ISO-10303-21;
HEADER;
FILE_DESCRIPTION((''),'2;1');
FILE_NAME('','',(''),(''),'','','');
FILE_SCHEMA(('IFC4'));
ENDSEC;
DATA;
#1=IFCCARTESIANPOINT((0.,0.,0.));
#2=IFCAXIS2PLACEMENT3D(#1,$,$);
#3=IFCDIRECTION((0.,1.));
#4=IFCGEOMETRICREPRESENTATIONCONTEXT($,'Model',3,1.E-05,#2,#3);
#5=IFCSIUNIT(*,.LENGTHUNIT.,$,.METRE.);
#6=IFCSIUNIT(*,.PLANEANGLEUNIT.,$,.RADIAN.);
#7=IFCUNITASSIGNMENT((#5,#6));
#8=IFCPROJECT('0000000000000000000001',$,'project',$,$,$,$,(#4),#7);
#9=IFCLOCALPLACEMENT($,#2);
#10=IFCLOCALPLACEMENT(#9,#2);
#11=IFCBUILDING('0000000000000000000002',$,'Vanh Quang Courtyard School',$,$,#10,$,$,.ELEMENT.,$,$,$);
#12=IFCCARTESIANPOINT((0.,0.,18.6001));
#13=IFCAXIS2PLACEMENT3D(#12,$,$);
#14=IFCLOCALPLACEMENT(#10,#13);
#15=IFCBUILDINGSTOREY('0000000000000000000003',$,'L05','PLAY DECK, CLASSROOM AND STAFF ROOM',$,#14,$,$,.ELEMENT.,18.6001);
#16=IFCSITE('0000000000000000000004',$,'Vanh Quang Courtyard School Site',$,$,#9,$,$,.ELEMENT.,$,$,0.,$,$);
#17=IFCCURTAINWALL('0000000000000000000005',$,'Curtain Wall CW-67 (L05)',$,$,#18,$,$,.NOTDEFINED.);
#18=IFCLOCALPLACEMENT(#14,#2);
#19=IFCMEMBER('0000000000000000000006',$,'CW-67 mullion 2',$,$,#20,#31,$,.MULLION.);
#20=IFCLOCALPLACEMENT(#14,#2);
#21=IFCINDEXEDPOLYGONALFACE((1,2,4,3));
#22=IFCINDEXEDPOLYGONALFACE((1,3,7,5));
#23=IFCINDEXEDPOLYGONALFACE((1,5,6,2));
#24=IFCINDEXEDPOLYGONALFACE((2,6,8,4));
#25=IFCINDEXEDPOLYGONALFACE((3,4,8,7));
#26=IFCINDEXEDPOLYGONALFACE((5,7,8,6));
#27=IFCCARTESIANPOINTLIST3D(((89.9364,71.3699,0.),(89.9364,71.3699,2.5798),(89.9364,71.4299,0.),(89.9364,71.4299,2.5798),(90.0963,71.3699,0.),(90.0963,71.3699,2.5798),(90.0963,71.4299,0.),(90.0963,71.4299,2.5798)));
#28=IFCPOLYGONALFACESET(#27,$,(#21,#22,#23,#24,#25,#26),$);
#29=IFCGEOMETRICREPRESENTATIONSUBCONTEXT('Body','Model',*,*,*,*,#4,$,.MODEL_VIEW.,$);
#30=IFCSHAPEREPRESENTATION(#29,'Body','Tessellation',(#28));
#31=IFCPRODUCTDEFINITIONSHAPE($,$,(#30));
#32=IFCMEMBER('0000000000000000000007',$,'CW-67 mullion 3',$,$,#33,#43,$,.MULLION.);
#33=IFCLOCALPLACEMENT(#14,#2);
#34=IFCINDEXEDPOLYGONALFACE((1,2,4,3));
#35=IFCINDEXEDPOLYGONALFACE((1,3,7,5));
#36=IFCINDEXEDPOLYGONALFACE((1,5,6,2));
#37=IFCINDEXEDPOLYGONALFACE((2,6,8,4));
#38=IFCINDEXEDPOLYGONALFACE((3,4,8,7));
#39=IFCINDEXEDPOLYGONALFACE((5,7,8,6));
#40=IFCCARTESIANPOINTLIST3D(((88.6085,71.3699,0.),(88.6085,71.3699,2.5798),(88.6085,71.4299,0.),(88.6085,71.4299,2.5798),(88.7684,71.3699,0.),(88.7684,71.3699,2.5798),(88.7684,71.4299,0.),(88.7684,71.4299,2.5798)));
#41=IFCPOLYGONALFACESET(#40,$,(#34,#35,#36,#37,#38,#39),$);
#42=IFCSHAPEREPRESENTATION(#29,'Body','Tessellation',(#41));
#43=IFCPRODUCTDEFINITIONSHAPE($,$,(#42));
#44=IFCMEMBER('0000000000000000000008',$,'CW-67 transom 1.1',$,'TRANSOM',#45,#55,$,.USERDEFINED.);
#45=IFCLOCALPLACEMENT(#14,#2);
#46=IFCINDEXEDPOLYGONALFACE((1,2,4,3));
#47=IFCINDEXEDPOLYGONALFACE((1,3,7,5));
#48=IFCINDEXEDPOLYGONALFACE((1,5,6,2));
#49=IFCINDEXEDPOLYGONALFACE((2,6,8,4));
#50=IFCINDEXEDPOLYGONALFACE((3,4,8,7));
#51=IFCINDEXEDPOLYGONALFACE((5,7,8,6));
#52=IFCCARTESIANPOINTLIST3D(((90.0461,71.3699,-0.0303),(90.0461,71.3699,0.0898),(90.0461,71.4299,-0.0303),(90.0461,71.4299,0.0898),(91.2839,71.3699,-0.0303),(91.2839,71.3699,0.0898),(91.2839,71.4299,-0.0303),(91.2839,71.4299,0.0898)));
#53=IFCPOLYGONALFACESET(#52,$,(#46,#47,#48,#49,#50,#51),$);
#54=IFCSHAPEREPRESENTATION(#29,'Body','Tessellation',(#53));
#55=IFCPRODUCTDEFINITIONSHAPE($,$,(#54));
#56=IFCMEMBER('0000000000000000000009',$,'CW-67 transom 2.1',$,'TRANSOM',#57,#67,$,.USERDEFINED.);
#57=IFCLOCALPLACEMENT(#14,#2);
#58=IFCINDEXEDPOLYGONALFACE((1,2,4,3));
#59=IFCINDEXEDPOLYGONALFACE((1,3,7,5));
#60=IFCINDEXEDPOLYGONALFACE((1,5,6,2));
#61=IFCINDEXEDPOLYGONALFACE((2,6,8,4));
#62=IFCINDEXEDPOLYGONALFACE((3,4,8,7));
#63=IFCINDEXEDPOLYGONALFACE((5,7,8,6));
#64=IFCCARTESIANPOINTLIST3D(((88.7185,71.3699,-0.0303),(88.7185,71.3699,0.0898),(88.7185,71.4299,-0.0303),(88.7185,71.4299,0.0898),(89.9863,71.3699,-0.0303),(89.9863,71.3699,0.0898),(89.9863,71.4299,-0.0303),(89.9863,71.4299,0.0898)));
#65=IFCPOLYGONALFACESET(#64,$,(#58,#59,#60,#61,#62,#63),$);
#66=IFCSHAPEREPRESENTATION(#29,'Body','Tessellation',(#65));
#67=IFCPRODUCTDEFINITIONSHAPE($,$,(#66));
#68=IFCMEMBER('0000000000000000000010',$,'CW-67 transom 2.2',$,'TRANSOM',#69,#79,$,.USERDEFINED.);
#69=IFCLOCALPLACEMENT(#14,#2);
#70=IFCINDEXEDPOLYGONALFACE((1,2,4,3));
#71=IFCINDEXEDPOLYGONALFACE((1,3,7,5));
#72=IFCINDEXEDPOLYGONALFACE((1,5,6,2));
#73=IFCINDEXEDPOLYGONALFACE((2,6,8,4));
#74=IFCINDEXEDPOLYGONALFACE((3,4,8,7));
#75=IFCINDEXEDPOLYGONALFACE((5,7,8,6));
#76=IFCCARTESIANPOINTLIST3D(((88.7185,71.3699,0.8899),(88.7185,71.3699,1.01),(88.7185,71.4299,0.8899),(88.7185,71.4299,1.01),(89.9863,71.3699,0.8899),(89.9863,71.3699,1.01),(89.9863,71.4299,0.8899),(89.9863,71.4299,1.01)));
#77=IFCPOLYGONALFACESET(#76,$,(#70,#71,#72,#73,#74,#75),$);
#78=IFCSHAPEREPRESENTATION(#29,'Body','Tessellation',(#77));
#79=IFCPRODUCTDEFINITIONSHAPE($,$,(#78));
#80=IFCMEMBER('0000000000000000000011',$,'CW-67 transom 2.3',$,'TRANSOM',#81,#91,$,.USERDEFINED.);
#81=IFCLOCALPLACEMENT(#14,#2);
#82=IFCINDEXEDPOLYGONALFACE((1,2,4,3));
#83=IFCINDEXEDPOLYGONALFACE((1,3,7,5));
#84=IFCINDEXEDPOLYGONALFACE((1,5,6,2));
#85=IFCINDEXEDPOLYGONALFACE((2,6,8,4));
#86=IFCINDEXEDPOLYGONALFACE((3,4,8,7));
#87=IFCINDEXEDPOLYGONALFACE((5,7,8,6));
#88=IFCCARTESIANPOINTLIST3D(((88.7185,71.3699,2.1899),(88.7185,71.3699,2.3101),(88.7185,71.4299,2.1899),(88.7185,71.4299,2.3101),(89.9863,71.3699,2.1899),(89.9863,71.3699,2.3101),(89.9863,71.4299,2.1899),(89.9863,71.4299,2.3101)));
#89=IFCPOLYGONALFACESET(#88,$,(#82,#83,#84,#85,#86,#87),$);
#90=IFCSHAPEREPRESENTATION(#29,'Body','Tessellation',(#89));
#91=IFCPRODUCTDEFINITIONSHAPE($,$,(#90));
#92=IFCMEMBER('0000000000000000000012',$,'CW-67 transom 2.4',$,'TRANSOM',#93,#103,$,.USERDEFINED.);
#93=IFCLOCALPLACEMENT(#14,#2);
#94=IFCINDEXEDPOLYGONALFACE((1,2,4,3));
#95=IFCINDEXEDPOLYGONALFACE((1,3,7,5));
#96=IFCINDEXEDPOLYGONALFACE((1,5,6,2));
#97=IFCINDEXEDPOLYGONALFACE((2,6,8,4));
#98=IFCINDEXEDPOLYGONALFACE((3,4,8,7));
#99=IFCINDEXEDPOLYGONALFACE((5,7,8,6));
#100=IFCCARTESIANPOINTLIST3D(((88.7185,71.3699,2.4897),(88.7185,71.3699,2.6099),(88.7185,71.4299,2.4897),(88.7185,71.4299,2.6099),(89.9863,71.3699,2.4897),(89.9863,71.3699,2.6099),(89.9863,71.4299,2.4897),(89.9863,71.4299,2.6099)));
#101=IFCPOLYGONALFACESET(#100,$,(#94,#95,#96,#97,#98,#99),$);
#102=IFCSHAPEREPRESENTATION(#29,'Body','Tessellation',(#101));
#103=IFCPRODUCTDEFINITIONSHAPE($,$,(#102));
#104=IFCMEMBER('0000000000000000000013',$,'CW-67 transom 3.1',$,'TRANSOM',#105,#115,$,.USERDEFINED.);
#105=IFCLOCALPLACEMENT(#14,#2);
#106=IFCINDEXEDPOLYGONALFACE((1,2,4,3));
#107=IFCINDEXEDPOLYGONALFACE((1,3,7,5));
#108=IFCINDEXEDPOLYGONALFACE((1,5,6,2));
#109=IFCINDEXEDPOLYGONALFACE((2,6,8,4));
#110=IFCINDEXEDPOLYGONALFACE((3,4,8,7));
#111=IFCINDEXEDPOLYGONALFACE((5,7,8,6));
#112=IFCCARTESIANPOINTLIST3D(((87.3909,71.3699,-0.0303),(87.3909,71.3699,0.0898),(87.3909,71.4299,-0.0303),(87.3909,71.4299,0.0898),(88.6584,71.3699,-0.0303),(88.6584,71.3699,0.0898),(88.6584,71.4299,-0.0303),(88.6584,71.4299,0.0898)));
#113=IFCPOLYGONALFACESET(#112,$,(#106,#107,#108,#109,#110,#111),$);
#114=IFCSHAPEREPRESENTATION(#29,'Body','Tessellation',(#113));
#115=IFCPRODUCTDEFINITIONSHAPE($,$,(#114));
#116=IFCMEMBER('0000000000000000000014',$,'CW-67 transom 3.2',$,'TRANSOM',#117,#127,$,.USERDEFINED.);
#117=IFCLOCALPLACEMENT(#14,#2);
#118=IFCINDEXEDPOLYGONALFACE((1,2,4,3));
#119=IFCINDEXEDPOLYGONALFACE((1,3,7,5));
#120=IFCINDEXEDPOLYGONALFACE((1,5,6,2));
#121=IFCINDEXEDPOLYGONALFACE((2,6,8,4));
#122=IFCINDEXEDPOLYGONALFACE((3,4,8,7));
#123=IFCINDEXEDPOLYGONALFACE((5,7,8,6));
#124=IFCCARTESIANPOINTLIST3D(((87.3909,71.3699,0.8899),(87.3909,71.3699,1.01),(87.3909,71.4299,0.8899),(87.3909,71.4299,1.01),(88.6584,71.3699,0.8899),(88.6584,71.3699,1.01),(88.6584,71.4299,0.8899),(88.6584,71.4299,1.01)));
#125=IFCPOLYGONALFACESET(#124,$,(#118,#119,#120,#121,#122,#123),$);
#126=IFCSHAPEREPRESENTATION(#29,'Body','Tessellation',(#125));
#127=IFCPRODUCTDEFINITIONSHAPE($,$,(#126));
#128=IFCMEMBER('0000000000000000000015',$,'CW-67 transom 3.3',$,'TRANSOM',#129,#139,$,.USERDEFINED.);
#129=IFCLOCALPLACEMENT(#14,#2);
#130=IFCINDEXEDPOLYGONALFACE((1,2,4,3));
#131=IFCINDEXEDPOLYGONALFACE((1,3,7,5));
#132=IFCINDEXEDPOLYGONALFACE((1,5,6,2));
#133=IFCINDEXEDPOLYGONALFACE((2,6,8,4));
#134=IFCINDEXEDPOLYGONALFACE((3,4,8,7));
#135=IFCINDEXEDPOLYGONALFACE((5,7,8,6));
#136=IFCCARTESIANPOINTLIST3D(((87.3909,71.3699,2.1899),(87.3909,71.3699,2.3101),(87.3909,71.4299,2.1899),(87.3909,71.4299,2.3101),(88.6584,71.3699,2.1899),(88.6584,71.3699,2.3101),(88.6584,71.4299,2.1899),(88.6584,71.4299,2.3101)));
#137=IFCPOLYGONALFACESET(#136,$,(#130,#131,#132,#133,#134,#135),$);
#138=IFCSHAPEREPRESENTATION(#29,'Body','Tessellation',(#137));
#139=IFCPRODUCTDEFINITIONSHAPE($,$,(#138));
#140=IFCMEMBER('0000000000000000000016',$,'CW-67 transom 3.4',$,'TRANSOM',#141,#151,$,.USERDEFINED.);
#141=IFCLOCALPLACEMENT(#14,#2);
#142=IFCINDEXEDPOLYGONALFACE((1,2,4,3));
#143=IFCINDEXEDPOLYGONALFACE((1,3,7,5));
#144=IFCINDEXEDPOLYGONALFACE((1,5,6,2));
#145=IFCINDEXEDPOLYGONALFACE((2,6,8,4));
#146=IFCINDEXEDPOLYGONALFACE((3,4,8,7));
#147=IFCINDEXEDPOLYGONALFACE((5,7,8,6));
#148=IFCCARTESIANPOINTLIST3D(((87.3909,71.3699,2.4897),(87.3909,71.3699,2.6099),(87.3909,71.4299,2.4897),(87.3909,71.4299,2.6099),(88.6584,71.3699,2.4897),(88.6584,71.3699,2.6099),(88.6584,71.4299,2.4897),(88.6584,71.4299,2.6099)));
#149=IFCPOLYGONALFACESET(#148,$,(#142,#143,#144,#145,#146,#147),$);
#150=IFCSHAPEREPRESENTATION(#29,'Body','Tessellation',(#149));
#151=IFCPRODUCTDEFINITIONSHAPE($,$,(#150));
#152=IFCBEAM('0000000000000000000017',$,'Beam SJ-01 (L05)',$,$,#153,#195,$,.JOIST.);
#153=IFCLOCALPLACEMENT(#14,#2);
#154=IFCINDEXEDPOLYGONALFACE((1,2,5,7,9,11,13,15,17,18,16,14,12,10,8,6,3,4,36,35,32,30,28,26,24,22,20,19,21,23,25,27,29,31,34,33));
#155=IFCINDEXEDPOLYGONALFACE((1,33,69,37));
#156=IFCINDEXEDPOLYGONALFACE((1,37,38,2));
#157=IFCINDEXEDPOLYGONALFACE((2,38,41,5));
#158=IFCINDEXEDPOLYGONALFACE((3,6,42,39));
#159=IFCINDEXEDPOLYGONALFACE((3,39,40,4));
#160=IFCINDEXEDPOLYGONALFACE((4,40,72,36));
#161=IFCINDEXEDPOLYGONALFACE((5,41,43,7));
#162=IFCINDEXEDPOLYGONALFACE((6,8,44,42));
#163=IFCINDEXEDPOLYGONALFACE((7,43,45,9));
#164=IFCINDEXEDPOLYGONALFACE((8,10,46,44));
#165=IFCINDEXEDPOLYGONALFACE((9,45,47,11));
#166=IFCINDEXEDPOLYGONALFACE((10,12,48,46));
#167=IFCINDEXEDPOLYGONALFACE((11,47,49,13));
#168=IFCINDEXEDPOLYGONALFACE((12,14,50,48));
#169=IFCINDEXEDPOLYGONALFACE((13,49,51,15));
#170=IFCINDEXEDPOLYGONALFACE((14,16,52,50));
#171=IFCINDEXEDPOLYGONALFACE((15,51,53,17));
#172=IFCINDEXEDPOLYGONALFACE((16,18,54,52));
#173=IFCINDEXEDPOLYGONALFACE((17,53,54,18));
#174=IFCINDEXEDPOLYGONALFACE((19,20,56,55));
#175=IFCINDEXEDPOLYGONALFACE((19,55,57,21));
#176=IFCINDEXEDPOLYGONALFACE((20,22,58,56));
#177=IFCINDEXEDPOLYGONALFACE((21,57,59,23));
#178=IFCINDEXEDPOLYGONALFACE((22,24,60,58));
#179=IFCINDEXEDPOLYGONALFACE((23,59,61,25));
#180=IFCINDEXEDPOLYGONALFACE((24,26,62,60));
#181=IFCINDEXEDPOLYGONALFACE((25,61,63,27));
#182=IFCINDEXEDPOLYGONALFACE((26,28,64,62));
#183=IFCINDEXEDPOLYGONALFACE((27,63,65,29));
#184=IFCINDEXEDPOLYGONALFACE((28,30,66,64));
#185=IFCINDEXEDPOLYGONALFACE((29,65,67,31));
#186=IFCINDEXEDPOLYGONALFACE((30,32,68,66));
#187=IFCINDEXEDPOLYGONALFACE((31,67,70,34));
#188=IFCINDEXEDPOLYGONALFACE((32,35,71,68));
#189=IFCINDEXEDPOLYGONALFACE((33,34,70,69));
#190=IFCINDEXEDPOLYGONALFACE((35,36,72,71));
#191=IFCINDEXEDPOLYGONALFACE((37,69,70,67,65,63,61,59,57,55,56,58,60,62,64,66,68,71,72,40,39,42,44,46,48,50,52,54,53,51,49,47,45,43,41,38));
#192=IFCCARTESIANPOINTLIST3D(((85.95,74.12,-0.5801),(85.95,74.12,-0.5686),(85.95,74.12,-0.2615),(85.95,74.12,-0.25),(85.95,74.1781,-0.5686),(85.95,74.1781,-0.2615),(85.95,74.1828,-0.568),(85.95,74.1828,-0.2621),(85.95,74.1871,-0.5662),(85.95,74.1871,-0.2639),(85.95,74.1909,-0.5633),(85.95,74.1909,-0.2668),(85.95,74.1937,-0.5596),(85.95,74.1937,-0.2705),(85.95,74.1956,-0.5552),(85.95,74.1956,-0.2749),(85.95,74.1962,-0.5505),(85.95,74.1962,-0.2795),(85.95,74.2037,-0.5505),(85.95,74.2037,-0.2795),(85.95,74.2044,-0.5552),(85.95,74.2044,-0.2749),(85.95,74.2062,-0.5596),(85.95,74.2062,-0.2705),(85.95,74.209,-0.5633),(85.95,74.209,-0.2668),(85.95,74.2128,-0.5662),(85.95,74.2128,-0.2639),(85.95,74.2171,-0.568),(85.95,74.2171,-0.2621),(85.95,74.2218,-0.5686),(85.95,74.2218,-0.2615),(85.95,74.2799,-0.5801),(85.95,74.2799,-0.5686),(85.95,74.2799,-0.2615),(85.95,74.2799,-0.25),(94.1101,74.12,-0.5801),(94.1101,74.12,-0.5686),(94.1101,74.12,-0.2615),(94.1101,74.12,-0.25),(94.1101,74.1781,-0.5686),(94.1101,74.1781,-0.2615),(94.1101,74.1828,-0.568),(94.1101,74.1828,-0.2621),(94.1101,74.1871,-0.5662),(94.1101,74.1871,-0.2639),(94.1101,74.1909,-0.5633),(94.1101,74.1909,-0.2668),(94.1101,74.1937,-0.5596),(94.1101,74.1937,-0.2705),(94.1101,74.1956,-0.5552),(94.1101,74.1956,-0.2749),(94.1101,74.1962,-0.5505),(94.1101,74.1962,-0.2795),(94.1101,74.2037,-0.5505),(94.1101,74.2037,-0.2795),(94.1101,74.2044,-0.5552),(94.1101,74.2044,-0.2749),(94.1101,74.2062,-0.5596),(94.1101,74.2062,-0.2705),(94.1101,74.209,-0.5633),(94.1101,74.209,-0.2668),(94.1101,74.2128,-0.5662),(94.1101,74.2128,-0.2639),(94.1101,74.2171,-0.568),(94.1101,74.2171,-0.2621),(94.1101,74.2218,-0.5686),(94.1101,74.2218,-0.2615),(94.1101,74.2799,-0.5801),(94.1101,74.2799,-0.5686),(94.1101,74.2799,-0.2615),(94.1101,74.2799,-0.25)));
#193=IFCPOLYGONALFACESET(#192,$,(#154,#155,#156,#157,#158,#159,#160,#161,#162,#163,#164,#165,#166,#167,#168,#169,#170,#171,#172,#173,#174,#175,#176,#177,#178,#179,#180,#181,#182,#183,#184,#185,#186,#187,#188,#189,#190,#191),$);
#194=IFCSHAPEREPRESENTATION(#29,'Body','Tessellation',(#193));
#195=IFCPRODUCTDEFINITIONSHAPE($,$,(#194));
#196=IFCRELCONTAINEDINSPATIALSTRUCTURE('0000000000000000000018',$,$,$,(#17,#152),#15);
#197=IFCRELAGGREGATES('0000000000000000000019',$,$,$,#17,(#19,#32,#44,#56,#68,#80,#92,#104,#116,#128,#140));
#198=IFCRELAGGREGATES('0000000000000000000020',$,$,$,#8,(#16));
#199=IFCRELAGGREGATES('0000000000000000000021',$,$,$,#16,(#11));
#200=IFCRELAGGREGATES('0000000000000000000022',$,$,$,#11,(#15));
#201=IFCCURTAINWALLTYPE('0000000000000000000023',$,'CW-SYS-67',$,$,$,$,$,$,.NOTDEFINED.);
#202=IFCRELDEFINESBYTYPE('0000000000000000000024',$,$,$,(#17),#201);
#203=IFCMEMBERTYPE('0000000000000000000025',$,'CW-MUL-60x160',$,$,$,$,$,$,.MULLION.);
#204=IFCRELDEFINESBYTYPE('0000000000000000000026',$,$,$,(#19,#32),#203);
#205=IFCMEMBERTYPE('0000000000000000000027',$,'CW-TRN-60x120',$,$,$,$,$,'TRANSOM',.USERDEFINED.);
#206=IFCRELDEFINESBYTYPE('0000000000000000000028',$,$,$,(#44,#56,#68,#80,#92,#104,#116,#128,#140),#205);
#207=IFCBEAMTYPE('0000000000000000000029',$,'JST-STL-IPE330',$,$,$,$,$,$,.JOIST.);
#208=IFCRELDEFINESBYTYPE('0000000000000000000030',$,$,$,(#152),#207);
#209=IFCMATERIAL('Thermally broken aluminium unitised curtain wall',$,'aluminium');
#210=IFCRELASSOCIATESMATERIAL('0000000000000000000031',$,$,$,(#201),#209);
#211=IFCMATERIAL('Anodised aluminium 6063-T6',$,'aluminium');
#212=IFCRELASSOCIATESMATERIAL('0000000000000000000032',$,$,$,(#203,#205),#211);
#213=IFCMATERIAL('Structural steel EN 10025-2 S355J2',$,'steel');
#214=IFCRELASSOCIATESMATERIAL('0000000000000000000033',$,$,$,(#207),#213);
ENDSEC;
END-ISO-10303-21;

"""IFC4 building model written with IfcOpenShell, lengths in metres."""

from ifc_helpers import new_model, si_unit, direction, frame, origin, origin_2d, place, context, subcontext, project, spatial, rectangle, i_section, extrude, material, material_profile, profile_set, type_object, element, aggregate, save


model = new_model("IFC4")

# Units and contexts
model_context = context("Model", 3, precision=1e-05, world=origin(), true_north=direction((0.0, 1.0)))
body_context = subcontext(model_context, "Body", "Model", "MODEL_VIEW")
ifc_project = project(units=[si_unit("LENGTHUNIT", "METRE"), si_unit("PLANEANGLEUNIT", "RADIAN")], contexts=[model_context])

# Site, building, storey
site_placement = place(None, origin())
site = spatial("IfcSite", under=ifc_project, at=site_placement, Name="Vanh Quang Courtyard School Site", CompositionType="ELEMENT", RefElevation=0.0)
building_placement = place(site_placement, origin())
building = spatial("IfcBuilding", under=site, at=building_placement, Name="Vanh Quang Courtyard School", CompositionType="ELEMENT")
storey_placement = place(building_placement, frame((0.0, 0.0, 18.6001)))
storey = spatial("IfcBuildingStorey", under=building, at=storey_placement, Name="L05", Description="PLAY DECK, CLASSROOM AND STAFF ROOM", CompositionType="ELEMENT", Elevation=18.6001)

# Curtain wall, members
ifc_material_1 = material(Name="Thermally broken aluminium unitised curtain wall", Category="aluminium")
curtain_wall_type = type_object("IfcCurtainWallType", Name="CW-SYS-67", PredefinedType="NOTDEFINED", material=ifc_material_1)
curtain_wall_placement = place(storey_placement, origin())
curtain_wall = element("IfcCurtainWall", 1, at=curtain_wall_placement, inside=storey, type_object=curtain_wall_type, Name="Curtain Wall CW-67 (L05)", PredefinedType="NOTDEFINED")
ifc_material_2 = material(Name="Anodised aluminium 6063-T6", Category="aluminium")
ifc_material_profile_1 = material_profile(ifc_material_2, rectangle(XDim=0.0601, YDim=0.1599, at=origin_2d()), Name="ALU-MUL 60x160")
ifc_profile_set_1 = profile_set([ifc_material_profile_1], Name="Anodised aluminium 6063-T6")
member_type_1 = type_object("IfcMemberType", Name="CW-MUL-60x160", PredefinedType="MULLION", material=ifc_profile_set_1)
member_1_placement = place(storey_placement, frame((90.0164, 71.3999, 0.0), z_axis=(0.0, 0.0, 1.0), x_axis=(0.0, -1.0, 0.0)))
member_1 = element("IfcMember", 2, at=member_1_placement, type_object=member_type_1, Name="CW-67 mullion 2", PredefinedType="MULLION", context=body_context, shape_type="SweptSolid", body=[
    extrude(rectangle(XDim=0.0601, YDim=0.1599, at=origin_2d()), origin(), (0.0, 0.0, 1.0), 2.5798),
])
member_2_placement = place(storey_placement, frame((88.6885, 71.3999, 0.0), z_axis=(0.0, 0.0, 1.0), x_axis=(0.0, -1.0, 0.0)))
member_2 = element("IfcMember", 3, at=member_2_placement, type_object=member_type_1, Name="CW-67 mullion 3", PredefinedType="MULLION", context=body_context, shape_type="SweptSolid", body=[
    extrude(rectangle(XDim=0.0601, YDim=0.1599, at=origin_2d()), origin(), (0.0, 0.0, 1.0), 2.5798),
])
ifc_material_profile_2 = material_profile(ifc_material_2, rectangle(XDim=0.0601, YDim=0.1201, at=origin_2d()), Name="ALU-TRN 60x120")
ifc_profile_set_2 = profile_set([ifc_material_profile_2], Name="Anodised aluminium 6063-T6")
member_type_2 = type_object("IfcMemberType", Name="CW-TRN-60x120", ElementType="TRANSOM", PredefinedType="USERDEFINED", material=ifc_profile_set_2)
member_3_placement = place(storey_placement, frame((91.2839, 71.3999, 0.0298), z_axis=(-1.0, 0.0, 0.0), x_axis=(0.0, -1.0, 0.0)))
member_3 = element("IfcMember", 4, at=member_3_placement, type_object=member_type_2, Name="CW-67 transom 1.1", ObjectType="TRANSOM", PredefinedType="USERDEFINED", context=body_context, shape_type="SweptSolid", body=[
    extrude(rectangle(XDim=0.0601, YDim=0.1201, at=origin_2d()), origin(), (0.0, 0.0, 1.0), 1.2378),
])
member_4_placement = place(storey_placement, frame((89.9863, 71.3999, 0.0298), z_axis=(-1.0, 0.0, 0.0), x_axis=(0.0, -1.0, 0.0)))
member_4 = element("IfcMember", 5, at=member_4_placement, type_object=member_type_2, Name="CW-67 transom 2.1", ObjectType="TRANSOM", PredefinedType="USERDEFINED", context=body_context, shape_type="SweptSolid", body=[
    extrude(rectangle(XDim=0.0601, YDim=0.1201, at=origin_2d()), origin(), (0.0, 0.0, 1.0), 1.2678),
])
member_5_placement = place(storey_placement, frame((89.9863, 71.3999, 0.95), z_axis=(-1.0, 0.0, 0.0), x_axis=(0.0, -1.0, 0.0)))
member_5 = element("IfcMember", 6, at=member_5_placement, type_object=member_type_2, Name="CW-67 transom 2.2", ObjectType="TRANSOM", PredefinedType="USERDEFINED", context=body_context, shape_type="SweptSolid", body=[
    extrude(rectangle(XDim=0.0601, YDim=0.1201, at=origin_2d()), origin(), (0.0, 0.0, 1.0), 1.2678),
])
member_6_placement = place(storey_placement, frame((89.9863, 71.3999, 2.25), z_axis=(-1.0, 0.0, 0.0), x_axis=(0.0, -1.0, 0.0)))
member_6 = element("IfcMember", 7, at=member_6_placement, type_object=member_type_2, Name="CW-67 transom 2.3", ObjectType="TRANSOM", PredefinedType="USERDEFINED", context=body_context, shape_type="SweptSolid", body=[
    extrude(rectangle(XDim=0.0601, YDim=0.1201, at=origin_2d()), origin(), (0.0, 0.0, 1.0), 1.2678),
])
member_7_placement = place(storey_placement, frame((89.9863, 71.3999, 2.5498), z_axis=(-1.0, 0.0, 0.0), x_axis=(0.0, -1.0, 0.0)))
member_7 = element("IfcMember", 8, at=member_7_placement, type_object=member_type_2, Name="CW-67 transom 2.4", ObjectType="TRANSOM", PredefinedType="USERDEFINED", context=body_context, shape_type="SweptSolid", body=[
    extrude(rectangle(XDim=0.0601, YDim=0.1201, at=origin_2d()), origin(), (0.0, 0.0, 1.0), 1.2678),
])
member_8_placement = place(storey_placement, frame((88.6584, 71.3999, 0.0298), z_axis=(-1.0, 0.0, 0.0), x_axis=(0.0, -1.0, 0.0)))
member_8 = element("IfcMember", 9, at=member_8_placement, type_object=member_type_2, Name="CW-67 transom 3.1", ObjectType="TRANSOM", PredefinedType="USERDEFINED", context=body_context, shape_type="SweptSolid", body=[
    extrude(rectangle(XDim=0.0601, YDim=0.1201, at=origin_2d()), origin(), (0.0, 0.0, 1.0), 1.2676),
])
member_9_placement = place(storey_placement, frame((88.6584, 71.3999, 0.95), z_axis=(-1.0, 0.0, 0.0), x_axis=(0.0, -1.0, 0.0)))
member_9 = element("IfcMember", 10, at=member_9_placement, type_object=member_type_2, Name="CW-67 transom 3.2", ObjectType="TRANSOM", PredefinedType="USERDEFINED", context=body_context, shape_type="SweptSolid", body=[
    extrude(rectangle(XDim=0.0601, YDim=0.1201, at=origin_2d()), origin(), (0.0, 0.0, 1.0), 1.2676),
])
member_10_placement = place(storey_placement, frame((88.6584, 71.3999, 2.25), z_axis=(-1.0, 0.0, 0.0), x_axis=(0.0, -1.0, 0.0)))
member_10 = element("IfcMember", 11, at=member_10_placement, type_object=member_type_2, Name="CW-67 transom 3.3", ObjectType="TRANSOM", PredefinedType="USERDEFINED", context=body_context, shape_type="SweptSolid", body=[
    extrude(rectangle(XDim=0.0601, YDim=0.1201, at=origin_2d()), origin(), (0.0, 0.0, 1.0), 1.2676),
])
member_11_placement = place(storey_placement, frame((88.6584, 71.3999, 2.5498), z_axis=(-1.0, 0.0, 0.0), x_axis=(0.0, -1.0, 0.0)))
member_11 = element("IfcMember", 12, at=member_11_placement, type_object=member_type_2, Name="CW-67 transom 3.4", ObjectType="TRANSOM", PredefinedType="USERDEFINED", context=body_context, shape_type="SweptSolid", body=[
    extrude(rectangle(XDim=0.0601, YDim=0.1201, at=origin_2d()), origin(), (0.0, 0.0, 1.0), 1.2676),
])

# Beam
ifc_material_3 = material(Name="Structural steel EN 10025-2 S355J2", Category="steel")
ifc_material_profile_3 = material_profile(ifc_material_3, i_section(OverallWidth=0.1599, OverallDepth=0.3301, WebThickness=0.0076, FlangeThickness=0.0115, FilletRadius=0.0181, at=origin_2d()), Name="IPE 330")
ifc_profile_set_3 = profile_set([ifc_material_profile_3], Name="Structural steel EN 10025-2 S355J2")
beam_type = type_object("IfcBeamType", Name="JST-STL-IPE330", PredefinedType="JOIST", material=ifc_profile_set_3)
beam_placement = place(storey_placement, frame((85.95, 74.2, -0.415), z_axis=(1.0, 0.0, 0.0), x_axis=(0.0, 1.0, 0.0)))
element("IfcBeam", 13, at=beam_placement, inside=storey, type_object=beam_type, Name="Beam SJ-01 (L05)", PredefinedType="JOIST", context=body_context, shape_type="SweptSolid", body=[
    extrude(i_section(OverallWidth=0.1599, OverallDepth=0.3301, WebThickness=0.0076, FlangeThickness=0.0115, FilletRadius=0.0181, at=origin_2d()), origin(), (0.0, 0.0, 1.0), 8.1602),
])

aggregate(curtain_wall, [member_1, member_2, member_3, member_4, member_5, member_6, member_7, member_8, member_9, member_10, member_11])

save(model, "model.ifc")
